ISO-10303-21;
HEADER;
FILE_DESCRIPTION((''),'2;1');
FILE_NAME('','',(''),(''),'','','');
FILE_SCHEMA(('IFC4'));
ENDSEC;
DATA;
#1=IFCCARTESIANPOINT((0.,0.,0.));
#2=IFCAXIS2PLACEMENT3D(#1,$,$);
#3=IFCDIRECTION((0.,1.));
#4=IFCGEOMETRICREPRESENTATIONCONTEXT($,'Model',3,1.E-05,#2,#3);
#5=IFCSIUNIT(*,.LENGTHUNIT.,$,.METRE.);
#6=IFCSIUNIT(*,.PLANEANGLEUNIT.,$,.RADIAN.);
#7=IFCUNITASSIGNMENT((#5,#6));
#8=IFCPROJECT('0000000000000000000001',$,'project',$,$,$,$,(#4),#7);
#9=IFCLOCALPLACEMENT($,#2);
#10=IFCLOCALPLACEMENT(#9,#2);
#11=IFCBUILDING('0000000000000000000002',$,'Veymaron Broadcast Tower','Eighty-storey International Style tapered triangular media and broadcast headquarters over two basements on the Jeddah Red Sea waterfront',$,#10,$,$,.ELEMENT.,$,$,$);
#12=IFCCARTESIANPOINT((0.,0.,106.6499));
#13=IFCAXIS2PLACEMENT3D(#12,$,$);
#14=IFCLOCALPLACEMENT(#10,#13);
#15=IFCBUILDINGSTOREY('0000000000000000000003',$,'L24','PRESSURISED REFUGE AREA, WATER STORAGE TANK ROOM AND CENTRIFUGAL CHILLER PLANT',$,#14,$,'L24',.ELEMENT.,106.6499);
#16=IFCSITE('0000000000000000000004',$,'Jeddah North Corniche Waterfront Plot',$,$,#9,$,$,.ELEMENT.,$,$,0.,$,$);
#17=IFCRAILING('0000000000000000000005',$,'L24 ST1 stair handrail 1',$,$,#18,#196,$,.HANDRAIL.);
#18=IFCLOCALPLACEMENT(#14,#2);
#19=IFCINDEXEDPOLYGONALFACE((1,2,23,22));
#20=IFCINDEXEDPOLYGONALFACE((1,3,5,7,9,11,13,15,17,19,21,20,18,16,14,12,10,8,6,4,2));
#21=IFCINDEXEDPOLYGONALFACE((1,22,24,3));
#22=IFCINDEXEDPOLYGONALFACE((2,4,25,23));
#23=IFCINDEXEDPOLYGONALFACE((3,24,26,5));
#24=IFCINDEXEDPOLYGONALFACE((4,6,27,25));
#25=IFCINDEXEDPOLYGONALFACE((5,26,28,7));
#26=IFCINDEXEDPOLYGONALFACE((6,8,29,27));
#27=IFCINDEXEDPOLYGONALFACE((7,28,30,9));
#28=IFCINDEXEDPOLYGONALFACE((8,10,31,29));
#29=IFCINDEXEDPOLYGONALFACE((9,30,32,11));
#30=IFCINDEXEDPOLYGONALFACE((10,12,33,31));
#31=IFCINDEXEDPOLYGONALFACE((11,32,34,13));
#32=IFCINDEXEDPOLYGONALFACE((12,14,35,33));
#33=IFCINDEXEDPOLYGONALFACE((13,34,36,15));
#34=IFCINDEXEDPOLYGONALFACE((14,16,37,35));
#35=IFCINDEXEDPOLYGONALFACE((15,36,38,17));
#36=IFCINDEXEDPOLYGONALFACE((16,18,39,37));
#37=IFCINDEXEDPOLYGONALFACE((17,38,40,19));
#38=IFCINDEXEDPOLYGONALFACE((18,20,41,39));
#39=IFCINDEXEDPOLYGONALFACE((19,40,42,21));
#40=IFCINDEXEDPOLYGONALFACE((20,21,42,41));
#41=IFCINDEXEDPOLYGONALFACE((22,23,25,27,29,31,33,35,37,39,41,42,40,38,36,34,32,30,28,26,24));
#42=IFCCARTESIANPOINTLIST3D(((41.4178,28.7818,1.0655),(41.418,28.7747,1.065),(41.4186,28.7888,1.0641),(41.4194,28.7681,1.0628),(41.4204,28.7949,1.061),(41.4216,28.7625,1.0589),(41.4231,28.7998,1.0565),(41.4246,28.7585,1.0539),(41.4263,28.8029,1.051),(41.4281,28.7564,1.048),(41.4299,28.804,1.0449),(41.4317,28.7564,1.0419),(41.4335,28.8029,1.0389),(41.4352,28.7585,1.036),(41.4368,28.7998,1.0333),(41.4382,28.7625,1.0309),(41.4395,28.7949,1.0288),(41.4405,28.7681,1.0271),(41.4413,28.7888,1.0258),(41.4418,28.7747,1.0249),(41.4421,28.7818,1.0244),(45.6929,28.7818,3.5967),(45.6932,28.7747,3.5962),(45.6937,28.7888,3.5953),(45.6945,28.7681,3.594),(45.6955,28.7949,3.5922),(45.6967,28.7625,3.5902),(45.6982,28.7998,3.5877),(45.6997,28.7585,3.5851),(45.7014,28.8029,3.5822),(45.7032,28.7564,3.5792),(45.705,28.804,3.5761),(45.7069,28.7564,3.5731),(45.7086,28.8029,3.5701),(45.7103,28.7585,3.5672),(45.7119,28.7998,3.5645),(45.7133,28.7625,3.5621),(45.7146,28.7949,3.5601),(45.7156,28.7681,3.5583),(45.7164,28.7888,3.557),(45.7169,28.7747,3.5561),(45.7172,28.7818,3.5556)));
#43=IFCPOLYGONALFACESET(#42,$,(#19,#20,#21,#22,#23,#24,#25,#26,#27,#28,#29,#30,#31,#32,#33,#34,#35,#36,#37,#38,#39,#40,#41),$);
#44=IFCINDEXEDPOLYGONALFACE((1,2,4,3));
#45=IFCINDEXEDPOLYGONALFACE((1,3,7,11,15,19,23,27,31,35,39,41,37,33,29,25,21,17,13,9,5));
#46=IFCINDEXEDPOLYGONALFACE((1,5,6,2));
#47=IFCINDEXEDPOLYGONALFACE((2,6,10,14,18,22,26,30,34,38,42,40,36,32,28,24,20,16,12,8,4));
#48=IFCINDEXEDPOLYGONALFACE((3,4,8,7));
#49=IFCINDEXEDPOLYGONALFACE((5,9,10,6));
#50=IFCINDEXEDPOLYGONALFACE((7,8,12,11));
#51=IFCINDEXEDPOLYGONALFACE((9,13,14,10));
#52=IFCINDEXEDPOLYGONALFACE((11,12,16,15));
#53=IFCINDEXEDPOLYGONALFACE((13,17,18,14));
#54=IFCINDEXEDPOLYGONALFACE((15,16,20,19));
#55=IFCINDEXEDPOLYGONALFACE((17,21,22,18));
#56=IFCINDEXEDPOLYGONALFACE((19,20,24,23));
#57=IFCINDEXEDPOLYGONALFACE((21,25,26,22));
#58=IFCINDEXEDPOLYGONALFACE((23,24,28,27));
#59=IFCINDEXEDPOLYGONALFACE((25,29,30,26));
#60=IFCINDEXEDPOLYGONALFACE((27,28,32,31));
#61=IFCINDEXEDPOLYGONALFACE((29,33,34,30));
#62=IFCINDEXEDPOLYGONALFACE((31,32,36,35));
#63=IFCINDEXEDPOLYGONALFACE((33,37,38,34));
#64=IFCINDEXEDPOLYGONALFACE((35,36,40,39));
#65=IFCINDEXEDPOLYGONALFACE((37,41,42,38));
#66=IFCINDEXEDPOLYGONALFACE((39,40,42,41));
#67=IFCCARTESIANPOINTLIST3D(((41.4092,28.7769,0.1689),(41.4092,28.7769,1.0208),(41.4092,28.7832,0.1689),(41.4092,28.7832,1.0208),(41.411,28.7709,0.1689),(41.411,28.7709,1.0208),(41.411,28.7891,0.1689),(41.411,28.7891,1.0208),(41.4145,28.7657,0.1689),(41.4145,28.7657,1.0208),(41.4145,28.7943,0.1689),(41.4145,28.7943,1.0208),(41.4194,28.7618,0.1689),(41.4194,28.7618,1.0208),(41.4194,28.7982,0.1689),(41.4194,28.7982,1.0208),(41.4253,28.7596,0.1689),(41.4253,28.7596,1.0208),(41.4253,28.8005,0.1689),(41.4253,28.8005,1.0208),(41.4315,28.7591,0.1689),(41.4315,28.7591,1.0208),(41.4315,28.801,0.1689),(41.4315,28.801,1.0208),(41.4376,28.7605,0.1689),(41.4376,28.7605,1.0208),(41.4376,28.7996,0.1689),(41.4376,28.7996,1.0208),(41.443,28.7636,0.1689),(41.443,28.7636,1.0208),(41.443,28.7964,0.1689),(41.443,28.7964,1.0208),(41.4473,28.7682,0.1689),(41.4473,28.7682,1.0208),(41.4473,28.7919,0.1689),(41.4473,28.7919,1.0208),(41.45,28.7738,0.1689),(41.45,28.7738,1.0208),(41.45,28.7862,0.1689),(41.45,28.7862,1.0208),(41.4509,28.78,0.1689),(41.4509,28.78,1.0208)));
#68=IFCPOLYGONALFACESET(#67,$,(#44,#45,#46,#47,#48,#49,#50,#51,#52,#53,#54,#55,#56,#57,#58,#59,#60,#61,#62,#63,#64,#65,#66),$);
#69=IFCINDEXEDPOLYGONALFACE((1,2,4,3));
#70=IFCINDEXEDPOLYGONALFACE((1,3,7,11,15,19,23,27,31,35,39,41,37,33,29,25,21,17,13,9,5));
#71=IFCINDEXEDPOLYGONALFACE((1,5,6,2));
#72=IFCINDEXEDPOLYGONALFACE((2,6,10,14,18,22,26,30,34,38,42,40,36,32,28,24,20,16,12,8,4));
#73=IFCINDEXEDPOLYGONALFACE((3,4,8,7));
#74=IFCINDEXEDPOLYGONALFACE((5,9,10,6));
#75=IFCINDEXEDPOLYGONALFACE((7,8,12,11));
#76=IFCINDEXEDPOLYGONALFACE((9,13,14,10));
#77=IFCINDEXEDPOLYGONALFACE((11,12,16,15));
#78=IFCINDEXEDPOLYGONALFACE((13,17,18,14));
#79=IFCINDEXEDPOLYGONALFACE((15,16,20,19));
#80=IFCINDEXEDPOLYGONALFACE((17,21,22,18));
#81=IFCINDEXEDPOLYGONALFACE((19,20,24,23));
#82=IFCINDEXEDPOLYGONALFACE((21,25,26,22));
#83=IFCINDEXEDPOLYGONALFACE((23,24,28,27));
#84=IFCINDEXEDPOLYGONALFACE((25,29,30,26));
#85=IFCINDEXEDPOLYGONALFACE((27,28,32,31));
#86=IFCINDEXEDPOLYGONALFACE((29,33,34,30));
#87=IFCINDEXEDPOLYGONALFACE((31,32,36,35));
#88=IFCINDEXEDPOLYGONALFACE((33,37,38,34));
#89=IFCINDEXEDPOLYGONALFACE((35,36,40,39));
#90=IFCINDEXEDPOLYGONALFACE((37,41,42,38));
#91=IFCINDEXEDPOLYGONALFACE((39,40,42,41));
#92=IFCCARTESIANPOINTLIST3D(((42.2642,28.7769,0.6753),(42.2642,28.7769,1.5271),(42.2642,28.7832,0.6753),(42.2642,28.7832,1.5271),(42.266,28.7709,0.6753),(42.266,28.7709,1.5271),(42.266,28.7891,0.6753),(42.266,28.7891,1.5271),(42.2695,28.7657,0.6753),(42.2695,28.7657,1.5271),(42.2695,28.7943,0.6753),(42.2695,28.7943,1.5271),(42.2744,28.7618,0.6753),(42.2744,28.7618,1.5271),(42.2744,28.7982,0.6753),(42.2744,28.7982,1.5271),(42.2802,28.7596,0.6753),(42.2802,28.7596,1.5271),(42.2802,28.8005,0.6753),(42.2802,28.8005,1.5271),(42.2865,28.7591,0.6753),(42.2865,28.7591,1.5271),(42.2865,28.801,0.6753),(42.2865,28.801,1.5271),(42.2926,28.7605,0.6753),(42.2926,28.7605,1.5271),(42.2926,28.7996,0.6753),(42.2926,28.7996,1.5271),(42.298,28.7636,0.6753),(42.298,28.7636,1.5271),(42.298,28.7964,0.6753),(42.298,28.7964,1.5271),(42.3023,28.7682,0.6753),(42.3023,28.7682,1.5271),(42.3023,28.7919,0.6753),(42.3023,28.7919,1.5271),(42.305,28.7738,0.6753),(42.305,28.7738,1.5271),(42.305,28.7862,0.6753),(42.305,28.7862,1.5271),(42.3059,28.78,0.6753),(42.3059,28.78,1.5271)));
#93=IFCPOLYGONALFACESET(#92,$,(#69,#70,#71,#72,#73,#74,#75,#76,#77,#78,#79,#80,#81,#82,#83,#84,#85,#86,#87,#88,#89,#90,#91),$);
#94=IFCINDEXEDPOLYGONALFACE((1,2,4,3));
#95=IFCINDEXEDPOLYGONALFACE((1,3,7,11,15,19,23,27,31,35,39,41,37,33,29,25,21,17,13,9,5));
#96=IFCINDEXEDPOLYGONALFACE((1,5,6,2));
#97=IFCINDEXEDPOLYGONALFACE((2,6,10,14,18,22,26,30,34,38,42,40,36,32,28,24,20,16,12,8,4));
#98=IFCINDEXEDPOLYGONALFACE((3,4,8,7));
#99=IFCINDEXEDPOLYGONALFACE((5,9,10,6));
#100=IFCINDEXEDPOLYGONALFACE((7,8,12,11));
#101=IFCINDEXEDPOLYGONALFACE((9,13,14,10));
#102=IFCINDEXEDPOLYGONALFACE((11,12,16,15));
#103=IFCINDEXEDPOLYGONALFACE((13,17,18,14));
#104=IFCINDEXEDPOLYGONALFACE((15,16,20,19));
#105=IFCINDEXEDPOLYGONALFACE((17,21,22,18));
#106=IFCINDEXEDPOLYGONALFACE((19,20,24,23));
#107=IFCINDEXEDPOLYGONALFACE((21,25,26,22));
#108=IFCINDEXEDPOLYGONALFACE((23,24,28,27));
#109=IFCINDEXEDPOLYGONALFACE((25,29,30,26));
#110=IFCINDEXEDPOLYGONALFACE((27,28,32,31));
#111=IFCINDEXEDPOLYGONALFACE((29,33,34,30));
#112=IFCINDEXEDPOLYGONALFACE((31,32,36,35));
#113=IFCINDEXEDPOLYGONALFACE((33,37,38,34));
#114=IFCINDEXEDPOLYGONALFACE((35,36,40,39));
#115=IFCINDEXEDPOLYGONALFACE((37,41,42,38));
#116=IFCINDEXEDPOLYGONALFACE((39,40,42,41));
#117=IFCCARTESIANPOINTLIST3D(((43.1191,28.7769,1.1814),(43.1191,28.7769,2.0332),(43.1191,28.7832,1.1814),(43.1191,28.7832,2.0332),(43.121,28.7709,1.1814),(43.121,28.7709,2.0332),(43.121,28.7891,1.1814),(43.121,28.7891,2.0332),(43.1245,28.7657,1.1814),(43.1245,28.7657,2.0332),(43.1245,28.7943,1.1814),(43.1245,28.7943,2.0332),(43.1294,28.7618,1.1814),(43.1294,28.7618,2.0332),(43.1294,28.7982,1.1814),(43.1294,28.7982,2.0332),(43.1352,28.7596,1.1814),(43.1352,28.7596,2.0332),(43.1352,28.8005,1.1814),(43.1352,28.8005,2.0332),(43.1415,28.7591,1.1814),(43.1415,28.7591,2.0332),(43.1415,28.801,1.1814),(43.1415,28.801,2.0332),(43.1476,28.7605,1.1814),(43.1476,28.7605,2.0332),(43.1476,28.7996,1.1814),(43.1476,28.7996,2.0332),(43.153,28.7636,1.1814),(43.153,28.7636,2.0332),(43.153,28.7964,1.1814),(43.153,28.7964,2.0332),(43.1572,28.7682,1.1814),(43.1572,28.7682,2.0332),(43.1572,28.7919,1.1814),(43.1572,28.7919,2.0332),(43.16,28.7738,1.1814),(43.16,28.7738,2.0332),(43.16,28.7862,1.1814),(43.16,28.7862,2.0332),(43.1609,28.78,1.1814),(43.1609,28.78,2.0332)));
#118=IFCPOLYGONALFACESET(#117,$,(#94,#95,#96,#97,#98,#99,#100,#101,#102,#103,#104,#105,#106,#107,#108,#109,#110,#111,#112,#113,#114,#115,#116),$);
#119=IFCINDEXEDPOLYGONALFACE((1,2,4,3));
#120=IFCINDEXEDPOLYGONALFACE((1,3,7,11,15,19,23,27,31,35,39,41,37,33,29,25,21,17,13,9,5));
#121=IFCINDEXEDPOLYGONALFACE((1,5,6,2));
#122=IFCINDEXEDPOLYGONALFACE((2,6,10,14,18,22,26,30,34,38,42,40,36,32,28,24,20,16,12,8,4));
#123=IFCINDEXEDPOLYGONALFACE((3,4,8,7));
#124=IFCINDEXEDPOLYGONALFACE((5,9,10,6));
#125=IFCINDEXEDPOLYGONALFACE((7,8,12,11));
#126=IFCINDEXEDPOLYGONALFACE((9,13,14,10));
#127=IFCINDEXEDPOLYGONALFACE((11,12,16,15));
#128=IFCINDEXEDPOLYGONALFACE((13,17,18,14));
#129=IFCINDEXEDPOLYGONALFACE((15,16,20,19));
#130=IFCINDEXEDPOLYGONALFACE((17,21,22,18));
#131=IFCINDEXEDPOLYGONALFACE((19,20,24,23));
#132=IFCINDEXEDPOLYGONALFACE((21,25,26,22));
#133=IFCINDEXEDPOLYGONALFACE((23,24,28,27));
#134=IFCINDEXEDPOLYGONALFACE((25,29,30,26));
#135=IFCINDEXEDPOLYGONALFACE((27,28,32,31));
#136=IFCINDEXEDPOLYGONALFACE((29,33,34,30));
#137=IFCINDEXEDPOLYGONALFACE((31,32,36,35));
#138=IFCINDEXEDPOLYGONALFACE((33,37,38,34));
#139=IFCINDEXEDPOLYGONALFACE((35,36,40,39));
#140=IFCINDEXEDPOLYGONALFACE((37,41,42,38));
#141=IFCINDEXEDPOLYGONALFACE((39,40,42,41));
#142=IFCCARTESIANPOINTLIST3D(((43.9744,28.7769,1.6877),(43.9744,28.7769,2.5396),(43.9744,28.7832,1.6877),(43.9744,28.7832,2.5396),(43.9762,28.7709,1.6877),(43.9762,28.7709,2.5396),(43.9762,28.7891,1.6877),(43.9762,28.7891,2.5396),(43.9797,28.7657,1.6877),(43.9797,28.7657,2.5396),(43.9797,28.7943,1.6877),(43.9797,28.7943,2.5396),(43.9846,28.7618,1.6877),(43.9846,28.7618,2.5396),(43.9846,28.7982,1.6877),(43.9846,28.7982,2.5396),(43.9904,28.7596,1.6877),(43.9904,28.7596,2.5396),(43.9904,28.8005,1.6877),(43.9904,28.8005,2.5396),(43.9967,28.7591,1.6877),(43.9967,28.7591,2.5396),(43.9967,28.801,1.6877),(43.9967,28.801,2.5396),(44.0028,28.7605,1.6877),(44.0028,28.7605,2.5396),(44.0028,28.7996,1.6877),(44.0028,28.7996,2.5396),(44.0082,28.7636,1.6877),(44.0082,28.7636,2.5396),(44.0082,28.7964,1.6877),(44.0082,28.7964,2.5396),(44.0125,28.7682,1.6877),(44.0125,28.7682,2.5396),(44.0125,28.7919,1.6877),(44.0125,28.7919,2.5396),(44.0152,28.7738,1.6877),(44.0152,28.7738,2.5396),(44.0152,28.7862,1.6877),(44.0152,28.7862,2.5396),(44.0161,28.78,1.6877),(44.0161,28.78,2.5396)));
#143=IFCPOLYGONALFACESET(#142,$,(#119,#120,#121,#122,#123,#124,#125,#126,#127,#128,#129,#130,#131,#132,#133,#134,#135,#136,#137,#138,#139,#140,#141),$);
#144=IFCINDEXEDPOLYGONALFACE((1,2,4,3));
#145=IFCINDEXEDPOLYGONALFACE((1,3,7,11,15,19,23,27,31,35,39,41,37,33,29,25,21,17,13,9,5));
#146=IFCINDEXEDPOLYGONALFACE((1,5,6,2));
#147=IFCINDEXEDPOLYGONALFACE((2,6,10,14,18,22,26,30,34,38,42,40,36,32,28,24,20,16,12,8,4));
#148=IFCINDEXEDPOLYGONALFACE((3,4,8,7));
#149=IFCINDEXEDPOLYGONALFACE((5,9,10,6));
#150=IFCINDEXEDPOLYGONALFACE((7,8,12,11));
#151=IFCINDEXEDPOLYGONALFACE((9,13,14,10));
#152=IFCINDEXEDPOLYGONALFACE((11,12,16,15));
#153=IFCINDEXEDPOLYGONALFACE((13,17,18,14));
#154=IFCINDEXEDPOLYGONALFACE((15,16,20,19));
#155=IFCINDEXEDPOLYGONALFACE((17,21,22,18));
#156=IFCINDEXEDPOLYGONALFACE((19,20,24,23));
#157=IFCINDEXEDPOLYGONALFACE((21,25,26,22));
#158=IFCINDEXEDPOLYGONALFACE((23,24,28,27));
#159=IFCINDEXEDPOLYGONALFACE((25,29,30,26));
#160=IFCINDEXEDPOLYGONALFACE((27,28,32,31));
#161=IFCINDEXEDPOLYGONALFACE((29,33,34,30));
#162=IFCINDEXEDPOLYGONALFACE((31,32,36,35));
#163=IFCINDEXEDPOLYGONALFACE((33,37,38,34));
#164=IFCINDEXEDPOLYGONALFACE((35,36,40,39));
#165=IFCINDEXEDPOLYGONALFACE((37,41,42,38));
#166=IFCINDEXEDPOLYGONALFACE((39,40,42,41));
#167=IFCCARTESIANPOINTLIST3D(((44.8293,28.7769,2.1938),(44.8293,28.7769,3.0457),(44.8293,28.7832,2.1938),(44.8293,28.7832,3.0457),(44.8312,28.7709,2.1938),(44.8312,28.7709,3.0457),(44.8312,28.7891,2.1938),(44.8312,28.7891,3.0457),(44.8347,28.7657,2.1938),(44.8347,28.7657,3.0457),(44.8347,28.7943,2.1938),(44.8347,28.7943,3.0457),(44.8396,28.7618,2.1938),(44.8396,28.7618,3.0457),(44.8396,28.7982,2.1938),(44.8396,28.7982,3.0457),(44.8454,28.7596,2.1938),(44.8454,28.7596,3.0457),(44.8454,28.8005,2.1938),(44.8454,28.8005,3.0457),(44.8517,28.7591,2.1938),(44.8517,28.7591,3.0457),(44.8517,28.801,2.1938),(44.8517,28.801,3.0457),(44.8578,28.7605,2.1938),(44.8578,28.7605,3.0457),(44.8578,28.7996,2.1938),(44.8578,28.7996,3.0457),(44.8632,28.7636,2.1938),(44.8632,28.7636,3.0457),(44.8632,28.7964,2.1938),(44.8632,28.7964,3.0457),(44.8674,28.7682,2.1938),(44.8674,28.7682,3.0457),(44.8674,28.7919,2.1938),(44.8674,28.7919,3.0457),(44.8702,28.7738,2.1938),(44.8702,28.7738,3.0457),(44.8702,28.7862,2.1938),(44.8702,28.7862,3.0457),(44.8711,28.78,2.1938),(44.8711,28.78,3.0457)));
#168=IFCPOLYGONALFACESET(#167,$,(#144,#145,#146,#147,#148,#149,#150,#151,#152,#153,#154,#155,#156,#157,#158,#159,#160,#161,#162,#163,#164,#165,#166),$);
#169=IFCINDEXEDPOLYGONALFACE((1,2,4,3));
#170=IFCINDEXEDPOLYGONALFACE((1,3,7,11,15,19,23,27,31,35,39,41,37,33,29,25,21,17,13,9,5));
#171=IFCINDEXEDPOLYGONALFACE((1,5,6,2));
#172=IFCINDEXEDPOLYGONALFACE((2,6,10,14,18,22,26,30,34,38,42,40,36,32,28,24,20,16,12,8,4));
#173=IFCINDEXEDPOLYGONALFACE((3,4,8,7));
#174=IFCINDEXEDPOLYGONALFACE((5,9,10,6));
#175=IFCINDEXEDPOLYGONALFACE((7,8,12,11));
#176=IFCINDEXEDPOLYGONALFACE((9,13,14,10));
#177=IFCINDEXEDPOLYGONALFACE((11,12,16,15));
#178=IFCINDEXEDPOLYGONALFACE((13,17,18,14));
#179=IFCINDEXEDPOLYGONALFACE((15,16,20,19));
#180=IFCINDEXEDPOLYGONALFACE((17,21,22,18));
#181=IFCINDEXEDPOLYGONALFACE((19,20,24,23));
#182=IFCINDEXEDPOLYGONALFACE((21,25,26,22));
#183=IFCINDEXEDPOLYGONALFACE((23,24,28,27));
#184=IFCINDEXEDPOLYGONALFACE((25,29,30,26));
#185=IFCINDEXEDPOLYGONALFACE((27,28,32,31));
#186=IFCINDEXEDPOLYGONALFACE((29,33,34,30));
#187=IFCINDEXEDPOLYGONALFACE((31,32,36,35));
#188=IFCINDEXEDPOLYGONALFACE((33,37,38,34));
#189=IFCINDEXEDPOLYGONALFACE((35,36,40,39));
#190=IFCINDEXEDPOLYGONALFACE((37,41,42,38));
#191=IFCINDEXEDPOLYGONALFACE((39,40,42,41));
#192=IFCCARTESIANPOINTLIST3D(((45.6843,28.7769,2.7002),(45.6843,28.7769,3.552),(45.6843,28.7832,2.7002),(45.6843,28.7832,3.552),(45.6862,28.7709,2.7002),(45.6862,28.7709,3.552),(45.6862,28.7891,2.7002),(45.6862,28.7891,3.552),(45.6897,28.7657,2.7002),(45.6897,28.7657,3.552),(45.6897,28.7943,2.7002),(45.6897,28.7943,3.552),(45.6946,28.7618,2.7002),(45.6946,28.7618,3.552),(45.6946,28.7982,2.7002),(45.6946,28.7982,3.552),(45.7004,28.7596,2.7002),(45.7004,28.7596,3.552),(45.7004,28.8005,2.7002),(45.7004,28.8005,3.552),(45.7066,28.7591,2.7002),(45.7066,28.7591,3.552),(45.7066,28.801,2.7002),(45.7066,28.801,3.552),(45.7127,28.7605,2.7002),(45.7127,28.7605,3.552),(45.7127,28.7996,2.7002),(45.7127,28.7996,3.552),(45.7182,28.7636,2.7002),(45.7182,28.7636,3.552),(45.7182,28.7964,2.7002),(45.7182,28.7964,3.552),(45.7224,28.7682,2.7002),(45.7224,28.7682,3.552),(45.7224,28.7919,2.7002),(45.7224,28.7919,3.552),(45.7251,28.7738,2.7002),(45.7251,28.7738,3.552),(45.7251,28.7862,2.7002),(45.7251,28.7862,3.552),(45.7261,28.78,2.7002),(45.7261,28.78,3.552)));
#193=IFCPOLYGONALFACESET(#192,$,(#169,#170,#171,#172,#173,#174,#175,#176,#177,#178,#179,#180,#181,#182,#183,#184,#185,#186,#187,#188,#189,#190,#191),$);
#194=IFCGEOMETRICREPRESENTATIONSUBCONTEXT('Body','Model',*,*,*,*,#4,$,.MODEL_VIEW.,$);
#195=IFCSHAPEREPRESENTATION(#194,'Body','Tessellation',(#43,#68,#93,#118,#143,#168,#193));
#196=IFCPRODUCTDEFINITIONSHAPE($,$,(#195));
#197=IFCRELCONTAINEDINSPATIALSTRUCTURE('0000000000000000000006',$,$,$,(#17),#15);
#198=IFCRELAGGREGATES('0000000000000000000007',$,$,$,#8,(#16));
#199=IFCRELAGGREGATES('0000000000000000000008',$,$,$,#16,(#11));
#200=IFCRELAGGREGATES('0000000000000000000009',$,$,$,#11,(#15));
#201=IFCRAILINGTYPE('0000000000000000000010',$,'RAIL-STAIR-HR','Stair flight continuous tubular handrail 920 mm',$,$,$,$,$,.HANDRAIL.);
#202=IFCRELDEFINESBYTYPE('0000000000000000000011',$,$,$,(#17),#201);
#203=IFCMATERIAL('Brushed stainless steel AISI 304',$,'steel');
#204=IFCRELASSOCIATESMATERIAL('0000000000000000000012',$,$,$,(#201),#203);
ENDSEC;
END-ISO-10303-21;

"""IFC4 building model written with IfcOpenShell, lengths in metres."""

from ifc_helpers import new_model, si_unit, direction, frame, origin, origin_2d, place, context, subcontext, project, spatial, circle, extrude, material, type_object, element, save


model = new_model("IFC4")

# Units and contexts
model_context = context("Model", 3, precision=1e-05, world=origin(), true_north=direction((0.0, 1.0)))
body_context = subcontext(model_context, "Body", "Model", "MODEL_VIEW")
ifc_project = project(units=[si_unit("LENGTHUNIT", "METRE"), si_unit("PLANEANGLEUNIT", "RADIAN")], contexts=[model_context])

# Site, building, storey
site_placement = place(None, origin())
site = spatial("IfcSite", under=ifc_project, at=site_placement, Name="Jeddah North Corniche Waterfront Plot", CompositionType="ELEMENT", RefElevation=0.0)
building_placement = place(site_placement, origin())
building = spatial("IfcBuilding", under=site, at=building_placement, Name="Veymaron Broadcast Tower", Description="Eighty-storey International Style tapered triangular media and broadcast headquarters over two basements on the Jeddah Red Sea waterfront", CompositionType="ELEMENT")
storey_placement = place(building_placement, frame((0.0, 0.0, 106.6499)))
storey = spatial("IfcBuildingStorey", under=building, at=storey_placement, Name="L24", Description="PRESSURISED REFUGE AREA, WATER STORAGE TANK ROOM AND CENTRIFUGAL CHILLER PLANT", LongName="L24", CompositionType="ELEMENT", Elevation=106.6499)

# Shared definitions
ifc_material_1 = material(Name="Brushed stainless steel AISI 304", Category="steel")

# Railing
railing_type_1 = type_object("IfcRailingType", Name="RAIL-STAIR-HR", Description="Stair flight continuous tubular handrail 920 mm", PredefinedType="HANDRAIL", material=ifc_material_1)
railing_1_placement = place(storey_placement, frame((41.4299, 28.78, 0.1689)))
element("IfcRailing", 1, at=railing_1_placement, inside=storey, type_object=railing_type_1, Name="L24 ST1 stair handrail 1", PredefinedType="HANDRAIL", context=body_context, shape_type="SweptSolid", body=[
    extrude(circle(Radius=0.0239, at=origin_2d()), frame((0.0, 0.0, 0.876), z_axis=(0.860483, 0.0, 0.509479), x_axis=(0.0, 1.0, 0.0)), (0.0, 0.0, 1.0), 4.9683),
    extrude(circle(Radius=0.021, at=origin_2d()), origin(), (0.0, 0.0, 1.0), 0.8518),
    extrude(circle(Radius=0.021, at=origin_2d()), frame((0.855, 0.0, 0.5063)), (0.0, 0.0, 1.0), 0.8518),
    extrude(circle(Radius=0.021, at=origin_2d()), frame((1.71, 0.0, 1.0125)), (0.0, 0.0, 1.0), 0.8518),
    extrude(circle(Radius=0.021, at=origin_2d()), frame((2.5652, 0.0, 1.5188)), (0.0, 0.0, 1.0), 0.8518),
    extrude(circle(Radius=0.021, at=origin_2d()), frame((3.4202, 0.0, 2.0249)), (0.0, 0.0, 1.0), 0.8518),
    extrude(circle(Radius=0.021, at=origin_2d()), frame((4.2751, 0.0, 2.5312)), (0.0, 0.0, 1.0), 0.8518),
])

save(model, "model.ifc")
